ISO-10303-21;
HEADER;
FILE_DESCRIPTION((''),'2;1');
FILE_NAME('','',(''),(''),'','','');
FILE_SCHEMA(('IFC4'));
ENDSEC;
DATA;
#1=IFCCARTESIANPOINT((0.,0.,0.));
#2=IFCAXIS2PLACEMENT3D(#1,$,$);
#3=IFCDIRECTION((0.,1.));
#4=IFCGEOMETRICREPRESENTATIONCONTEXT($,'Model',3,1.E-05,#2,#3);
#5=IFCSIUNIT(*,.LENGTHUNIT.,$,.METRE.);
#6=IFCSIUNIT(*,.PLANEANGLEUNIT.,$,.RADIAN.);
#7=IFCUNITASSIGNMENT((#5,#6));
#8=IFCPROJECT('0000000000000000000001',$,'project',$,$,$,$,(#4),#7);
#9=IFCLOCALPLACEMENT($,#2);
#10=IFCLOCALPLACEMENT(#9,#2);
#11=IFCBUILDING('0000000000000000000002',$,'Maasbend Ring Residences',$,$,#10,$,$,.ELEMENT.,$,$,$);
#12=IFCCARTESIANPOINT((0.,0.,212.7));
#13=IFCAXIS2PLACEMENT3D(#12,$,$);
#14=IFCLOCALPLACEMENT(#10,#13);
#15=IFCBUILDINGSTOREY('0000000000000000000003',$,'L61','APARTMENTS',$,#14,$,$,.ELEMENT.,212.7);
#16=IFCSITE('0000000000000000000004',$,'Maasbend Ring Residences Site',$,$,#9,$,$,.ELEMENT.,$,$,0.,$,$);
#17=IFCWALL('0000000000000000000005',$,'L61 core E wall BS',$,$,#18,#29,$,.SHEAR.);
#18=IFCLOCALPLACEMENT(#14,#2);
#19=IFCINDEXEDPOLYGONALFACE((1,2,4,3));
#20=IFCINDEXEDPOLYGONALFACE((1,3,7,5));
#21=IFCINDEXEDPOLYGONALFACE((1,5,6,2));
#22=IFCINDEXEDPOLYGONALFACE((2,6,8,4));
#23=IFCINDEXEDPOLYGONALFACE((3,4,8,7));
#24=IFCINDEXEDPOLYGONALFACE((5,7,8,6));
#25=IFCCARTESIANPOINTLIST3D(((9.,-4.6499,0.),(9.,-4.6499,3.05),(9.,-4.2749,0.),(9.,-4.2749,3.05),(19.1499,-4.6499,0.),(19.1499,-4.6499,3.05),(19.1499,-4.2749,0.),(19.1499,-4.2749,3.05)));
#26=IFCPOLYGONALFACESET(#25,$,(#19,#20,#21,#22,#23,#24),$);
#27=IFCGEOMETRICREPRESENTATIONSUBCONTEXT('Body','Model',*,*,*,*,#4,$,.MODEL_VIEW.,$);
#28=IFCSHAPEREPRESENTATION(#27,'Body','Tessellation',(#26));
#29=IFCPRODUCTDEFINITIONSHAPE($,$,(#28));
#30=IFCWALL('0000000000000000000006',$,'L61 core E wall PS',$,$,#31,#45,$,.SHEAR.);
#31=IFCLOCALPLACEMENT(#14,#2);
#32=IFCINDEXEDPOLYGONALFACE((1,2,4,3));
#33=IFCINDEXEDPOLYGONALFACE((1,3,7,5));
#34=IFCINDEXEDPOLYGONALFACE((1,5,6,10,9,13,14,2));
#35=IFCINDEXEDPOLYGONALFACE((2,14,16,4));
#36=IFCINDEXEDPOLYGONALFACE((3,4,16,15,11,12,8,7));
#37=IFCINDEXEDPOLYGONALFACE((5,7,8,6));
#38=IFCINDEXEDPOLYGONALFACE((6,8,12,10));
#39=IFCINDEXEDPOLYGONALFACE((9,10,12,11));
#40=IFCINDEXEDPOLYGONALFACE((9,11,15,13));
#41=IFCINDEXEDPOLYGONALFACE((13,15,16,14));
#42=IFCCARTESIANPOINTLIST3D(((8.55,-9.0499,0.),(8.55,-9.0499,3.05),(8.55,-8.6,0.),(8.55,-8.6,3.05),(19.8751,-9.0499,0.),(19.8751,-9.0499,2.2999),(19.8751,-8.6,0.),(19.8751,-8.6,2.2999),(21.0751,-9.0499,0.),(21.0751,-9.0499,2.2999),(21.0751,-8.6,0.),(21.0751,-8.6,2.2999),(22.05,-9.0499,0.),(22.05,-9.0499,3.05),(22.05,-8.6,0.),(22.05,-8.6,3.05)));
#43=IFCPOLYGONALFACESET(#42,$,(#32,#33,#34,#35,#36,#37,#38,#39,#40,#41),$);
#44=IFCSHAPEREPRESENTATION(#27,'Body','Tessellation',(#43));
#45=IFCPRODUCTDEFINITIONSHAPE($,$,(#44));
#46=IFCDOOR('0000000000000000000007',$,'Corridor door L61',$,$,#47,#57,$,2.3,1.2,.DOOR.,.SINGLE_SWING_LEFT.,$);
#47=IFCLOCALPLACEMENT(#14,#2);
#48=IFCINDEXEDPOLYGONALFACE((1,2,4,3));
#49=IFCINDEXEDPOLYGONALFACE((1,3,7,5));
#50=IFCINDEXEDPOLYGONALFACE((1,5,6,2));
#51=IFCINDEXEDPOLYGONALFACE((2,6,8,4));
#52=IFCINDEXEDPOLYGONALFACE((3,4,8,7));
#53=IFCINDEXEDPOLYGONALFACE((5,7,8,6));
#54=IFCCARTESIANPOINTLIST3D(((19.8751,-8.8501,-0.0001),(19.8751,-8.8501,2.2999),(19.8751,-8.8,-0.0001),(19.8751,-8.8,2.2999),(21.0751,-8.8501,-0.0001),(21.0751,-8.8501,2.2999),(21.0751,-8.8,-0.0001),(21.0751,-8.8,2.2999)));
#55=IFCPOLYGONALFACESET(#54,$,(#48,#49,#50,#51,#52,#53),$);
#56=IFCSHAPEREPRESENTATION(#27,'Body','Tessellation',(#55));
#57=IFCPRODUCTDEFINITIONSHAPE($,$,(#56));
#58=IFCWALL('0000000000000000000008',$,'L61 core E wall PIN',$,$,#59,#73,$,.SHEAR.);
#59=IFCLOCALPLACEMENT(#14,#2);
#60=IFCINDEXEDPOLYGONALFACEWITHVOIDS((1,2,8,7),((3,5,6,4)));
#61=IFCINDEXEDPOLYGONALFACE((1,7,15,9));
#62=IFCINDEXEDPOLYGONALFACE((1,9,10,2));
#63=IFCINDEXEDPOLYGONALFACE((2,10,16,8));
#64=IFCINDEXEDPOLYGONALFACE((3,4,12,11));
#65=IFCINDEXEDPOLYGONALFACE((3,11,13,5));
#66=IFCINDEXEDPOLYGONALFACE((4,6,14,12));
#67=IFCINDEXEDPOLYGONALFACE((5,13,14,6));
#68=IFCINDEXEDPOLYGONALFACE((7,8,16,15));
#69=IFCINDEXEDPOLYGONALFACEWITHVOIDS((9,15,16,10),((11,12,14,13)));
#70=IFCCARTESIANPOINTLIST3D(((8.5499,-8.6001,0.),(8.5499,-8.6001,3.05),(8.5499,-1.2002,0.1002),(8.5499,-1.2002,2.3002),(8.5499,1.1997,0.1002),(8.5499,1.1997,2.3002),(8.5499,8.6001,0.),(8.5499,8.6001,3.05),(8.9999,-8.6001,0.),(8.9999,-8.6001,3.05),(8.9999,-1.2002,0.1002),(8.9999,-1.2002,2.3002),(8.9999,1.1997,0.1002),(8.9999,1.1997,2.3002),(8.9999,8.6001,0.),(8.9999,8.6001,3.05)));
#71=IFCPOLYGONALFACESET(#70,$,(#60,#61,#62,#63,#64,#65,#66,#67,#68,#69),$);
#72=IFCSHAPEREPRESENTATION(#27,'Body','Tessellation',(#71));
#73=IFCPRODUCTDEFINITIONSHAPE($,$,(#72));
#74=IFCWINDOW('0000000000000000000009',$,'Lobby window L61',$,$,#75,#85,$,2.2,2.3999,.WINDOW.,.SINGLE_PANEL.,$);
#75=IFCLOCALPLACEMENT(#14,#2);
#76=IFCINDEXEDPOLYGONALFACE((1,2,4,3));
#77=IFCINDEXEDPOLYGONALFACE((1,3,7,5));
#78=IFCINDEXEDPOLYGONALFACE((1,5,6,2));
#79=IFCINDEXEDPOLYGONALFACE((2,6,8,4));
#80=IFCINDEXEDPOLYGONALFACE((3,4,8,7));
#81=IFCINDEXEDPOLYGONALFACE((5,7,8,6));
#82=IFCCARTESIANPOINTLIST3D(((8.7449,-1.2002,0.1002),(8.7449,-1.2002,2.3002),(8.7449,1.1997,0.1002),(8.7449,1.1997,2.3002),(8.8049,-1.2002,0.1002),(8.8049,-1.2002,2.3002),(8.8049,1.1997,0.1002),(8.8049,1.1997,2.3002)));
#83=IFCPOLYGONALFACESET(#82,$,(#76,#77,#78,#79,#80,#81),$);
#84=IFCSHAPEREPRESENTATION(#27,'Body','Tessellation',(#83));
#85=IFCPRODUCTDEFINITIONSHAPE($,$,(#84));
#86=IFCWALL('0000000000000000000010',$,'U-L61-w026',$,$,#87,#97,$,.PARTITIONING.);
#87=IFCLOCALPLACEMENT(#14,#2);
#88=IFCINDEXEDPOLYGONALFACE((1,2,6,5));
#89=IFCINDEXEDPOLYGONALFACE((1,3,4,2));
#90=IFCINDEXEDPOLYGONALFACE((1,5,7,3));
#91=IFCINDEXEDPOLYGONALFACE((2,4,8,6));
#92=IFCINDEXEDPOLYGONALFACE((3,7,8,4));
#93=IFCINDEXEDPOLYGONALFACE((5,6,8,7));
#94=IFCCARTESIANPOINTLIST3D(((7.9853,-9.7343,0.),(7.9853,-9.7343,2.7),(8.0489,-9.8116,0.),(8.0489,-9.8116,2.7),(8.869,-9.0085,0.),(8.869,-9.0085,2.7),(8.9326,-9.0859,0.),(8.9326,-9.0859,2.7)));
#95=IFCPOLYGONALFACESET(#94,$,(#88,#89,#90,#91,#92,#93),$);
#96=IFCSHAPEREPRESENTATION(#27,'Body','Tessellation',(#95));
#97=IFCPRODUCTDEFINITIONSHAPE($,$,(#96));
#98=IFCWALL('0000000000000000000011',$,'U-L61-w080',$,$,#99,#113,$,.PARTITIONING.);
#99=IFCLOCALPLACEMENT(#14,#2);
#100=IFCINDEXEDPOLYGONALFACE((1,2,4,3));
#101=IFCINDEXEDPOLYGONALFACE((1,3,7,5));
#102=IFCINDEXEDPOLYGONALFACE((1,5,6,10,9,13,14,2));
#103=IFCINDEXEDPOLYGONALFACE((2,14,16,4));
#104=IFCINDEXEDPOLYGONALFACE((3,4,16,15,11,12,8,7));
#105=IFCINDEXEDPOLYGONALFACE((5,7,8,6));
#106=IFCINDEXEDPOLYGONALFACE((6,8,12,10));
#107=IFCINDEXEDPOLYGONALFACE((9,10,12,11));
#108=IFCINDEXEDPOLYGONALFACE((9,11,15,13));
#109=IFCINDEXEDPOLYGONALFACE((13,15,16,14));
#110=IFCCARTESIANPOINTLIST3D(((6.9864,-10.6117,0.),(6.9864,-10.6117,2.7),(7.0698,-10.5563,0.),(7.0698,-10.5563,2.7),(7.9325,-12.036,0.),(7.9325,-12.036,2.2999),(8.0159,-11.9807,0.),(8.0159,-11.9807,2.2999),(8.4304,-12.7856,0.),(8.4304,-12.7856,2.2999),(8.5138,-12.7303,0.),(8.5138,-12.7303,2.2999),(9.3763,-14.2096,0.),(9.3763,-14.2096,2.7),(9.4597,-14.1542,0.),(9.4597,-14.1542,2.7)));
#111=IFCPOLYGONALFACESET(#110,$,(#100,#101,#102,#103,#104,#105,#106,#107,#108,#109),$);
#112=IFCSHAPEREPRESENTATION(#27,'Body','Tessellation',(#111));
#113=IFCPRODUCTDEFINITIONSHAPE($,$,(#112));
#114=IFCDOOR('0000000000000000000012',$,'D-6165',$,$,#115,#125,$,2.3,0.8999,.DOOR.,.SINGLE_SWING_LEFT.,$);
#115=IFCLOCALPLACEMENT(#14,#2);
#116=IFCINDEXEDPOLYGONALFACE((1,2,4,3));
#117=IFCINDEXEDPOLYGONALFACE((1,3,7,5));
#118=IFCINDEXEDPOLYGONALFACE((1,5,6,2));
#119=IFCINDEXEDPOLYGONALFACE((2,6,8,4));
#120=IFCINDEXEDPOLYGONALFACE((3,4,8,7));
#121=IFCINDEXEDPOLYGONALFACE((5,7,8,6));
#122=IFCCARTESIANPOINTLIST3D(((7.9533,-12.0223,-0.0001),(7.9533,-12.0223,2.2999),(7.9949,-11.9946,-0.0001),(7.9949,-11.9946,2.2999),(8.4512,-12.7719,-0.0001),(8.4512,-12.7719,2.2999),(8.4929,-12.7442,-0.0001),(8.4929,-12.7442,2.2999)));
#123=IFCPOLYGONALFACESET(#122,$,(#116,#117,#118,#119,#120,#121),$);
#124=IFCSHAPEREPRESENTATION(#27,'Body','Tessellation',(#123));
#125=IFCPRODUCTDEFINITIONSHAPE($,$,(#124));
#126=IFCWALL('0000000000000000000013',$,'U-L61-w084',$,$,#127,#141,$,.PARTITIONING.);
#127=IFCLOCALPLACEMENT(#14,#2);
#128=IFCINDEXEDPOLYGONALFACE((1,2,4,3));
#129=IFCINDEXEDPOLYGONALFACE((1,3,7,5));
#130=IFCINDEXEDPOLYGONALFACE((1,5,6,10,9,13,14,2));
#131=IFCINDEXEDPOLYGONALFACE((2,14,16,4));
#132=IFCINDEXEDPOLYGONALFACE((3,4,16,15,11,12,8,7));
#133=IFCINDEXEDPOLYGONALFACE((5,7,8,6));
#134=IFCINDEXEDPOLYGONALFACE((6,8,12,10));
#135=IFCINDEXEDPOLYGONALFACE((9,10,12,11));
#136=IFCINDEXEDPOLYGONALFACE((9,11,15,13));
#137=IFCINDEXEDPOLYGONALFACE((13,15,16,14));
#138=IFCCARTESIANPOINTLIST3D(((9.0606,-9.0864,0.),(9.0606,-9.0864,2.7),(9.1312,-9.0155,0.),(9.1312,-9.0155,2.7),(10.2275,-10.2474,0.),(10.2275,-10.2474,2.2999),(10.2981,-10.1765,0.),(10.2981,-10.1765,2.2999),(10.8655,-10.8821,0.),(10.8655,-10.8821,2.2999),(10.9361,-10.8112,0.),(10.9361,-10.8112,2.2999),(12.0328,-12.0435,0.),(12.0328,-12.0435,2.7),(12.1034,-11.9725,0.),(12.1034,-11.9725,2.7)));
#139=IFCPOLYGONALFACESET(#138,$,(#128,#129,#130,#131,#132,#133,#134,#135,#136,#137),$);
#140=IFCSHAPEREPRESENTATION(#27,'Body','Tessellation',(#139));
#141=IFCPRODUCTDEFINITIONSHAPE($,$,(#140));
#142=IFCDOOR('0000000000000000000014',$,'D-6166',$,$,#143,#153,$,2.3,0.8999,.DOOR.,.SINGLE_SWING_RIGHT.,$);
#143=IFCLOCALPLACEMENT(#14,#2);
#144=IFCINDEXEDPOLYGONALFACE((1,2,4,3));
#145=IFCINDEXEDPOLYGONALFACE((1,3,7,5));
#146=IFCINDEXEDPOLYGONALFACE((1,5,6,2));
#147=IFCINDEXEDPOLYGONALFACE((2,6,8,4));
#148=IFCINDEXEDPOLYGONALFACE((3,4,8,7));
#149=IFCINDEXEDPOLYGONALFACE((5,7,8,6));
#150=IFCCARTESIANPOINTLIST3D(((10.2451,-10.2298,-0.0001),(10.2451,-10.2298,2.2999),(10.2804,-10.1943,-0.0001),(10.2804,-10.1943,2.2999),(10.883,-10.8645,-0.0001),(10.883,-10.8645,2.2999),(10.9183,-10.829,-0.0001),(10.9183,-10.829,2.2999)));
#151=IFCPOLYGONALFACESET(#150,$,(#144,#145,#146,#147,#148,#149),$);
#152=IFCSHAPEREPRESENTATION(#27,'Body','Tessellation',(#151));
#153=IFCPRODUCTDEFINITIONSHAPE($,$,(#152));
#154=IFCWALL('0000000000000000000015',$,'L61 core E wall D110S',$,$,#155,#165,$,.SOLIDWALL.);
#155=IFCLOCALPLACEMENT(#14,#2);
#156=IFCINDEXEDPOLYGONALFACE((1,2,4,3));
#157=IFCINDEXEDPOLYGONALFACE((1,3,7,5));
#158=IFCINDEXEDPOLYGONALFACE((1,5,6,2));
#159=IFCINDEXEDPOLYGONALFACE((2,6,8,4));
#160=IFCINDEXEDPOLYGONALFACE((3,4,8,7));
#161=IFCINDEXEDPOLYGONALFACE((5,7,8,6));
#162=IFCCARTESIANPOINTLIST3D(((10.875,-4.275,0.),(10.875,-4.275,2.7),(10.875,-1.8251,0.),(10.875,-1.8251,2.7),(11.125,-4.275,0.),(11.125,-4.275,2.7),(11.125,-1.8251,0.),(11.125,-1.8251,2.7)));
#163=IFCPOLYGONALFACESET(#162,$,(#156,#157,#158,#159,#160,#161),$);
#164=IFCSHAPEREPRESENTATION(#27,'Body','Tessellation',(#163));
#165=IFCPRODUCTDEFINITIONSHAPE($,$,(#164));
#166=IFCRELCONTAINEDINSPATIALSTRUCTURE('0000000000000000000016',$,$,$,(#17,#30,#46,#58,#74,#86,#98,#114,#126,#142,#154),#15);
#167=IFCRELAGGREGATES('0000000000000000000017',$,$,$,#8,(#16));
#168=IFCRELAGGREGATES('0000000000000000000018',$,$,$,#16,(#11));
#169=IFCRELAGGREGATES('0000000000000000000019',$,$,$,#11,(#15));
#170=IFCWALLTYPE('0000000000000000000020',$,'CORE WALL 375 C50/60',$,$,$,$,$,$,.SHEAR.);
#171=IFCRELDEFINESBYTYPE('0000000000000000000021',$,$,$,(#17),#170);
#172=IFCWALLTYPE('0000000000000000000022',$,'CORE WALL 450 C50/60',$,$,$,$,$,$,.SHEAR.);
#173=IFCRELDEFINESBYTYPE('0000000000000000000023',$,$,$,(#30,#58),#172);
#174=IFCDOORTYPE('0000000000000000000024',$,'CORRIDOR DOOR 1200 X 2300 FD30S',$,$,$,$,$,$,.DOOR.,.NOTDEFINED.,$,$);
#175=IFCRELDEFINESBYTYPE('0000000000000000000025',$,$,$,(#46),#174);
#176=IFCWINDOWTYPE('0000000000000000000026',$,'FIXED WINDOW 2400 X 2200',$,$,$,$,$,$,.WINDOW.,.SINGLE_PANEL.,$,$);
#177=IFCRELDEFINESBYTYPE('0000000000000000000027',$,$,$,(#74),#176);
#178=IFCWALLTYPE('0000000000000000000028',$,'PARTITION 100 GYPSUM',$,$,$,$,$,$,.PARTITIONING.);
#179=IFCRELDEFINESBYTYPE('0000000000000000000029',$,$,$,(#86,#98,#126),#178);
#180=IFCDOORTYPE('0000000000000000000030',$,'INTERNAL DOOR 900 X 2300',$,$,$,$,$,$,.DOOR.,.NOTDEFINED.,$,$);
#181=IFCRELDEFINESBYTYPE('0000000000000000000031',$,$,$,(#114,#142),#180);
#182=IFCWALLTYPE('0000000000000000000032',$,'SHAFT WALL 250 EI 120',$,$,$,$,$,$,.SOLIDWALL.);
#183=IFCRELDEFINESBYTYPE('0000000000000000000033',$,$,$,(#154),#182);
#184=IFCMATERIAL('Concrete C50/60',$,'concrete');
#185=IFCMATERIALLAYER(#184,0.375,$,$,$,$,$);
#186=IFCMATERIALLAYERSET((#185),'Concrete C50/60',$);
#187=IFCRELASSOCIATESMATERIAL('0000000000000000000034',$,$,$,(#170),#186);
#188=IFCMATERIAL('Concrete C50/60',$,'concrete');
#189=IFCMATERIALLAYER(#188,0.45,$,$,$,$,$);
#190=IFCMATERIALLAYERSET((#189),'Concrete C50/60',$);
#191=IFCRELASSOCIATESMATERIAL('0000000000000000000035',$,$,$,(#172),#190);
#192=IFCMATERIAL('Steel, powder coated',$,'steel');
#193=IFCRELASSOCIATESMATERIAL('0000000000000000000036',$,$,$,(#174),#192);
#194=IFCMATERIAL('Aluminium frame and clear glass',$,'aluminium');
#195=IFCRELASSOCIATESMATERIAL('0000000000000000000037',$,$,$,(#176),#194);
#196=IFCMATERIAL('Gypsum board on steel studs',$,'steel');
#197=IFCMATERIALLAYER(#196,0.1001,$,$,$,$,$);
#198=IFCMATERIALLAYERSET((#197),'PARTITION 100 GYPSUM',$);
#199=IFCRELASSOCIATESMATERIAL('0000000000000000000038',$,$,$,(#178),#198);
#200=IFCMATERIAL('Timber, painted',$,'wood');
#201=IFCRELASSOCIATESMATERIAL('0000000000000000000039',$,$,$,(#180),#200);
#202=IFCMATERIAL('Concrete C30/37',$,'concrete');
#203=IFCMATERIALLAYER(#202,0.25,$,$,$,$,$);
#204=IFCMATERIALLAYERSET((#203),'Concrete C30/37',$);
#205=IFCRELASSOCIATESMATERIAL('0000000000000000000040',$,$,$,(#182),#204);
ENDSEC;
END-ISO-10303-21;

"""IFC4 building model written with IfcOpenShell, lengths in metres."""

from ifc_helpers import new_model, si_unit, direction, frame, frame_2d, origin, place, context, subcontext, project, spatial, rectangle, extrude, material, layer, layer_set, type_object, element, fill, save


model = new_model("IFC4")

# Units and contexts
model_context = context("Model", 3, precision=1e-05, world=origin(), true_north=direction((0.0, 1.0)))
body_context = subcontext(model_context, "Body", "Model", "MODEL_VIEW")
ifc_project = project(units=[si_unit("LENGTHUNIT", "METRE"), si_unit("PLANEANGLEUNIT", "RADIAN")], contexts=[model_context])

# Site, building, storey
site_placement = place(None, origin())
site = spatial("IfcSite", under=ifc_project, at=site_placement, Name="Maasbend Ring Residences Site", CompositionType="ELEMENT", RefElevation=0.0)
building_placement = place(site_placement, origin())
building = spatial("IfcBuilding", under=site, at=building_placement, Name="Maasbend Ring Residences", CompositionType="ELEMENT")
storey_placement = place(building_placement, frame((0.0, 0.0, 212.7)))
storey = spatial("IfcBuildingStorey", under=building, at=storey_placement, Name="L61", Description="APARTMENTS", CompositionType="ELEMENT", Elevation=212.7)

# Wall
ifc_material_1 = material(Name="Concrete C50/60", Category="concrete")
ifc_layer_1 = layer(ifc_material_1, 0.375)
ifc_layer_set_1 = layer_set([ifc_layer_1], Name="Concrete C50/60")
wall_type_1 = type_object("IfcWallType", Name="CORE WALL 375 C50/60", PredefinedType="SHEAR", material=ifc_layer_set_1)
wall_1_placement = place(storey_placement, frame((9.0, -4.4624, 0.0), z_axis=(0.0, 0.0, 1.0), x_axis=(1.0, 0.0, 0.0)))
element("IfcWall", 1, at=wall_1_placement, inside=storey, type_object=wall_type_1, Name="L61 core E wall BS", PredefinedType="SHEAR", context=body_context, shape_type="SweptSolid", body=[
    extrude(rectangle(XDim=10.1499, YDim=0.375, at=frame_2d((5.075, 0.0))), origin(), (0.0, 0.0, 1.0), 3.05),
])

# Wall, opening, door
ifc_material_2 = material(Name="Concrete C50/60", Category="concrete")
ifc_layer_2 = layer(ifc_material_2, 0.45)
ifc_layer_set_2 = layer_set([ifc_layer_2], Name="Concrete C50/60")
wall_type_2 = type_object("IfcWallType", Name="CORE WALL 450 C50/60", PredefinedType="SHEAR", material=ifc_layer_set_2)
wall_2_placement = place(storey_placement, frame((8.55, -8.825, 0.0), z_axis=(0.0, 0.0, 1.0), x_axis=(1.0, 0.0, 0.0)))
wall_2 = element("IfcWall", 2, at=wall_2_placement, inside=storey, type_object=wall_type_2, Name="L61 core E wall PS", PredefinedType="SHEAR", context=body_context, shape_type="SweptSolid", body=[
    extrude(rectangle(XDim=13.5, YDim=0.45, at=frame_2d((6.75, 0.0))), origin(), (0.0, 0.0, 1.0), 3.05),
])
opening_1_placement = place(wall_2_placement, frame((11.325, 0.0, 0.0)))
opening_1 = element("IfcOpeningElement", 3, at=opening_1_placement, cuts=wall_2, PredefinedType="OPENING", context=body_context, shape_type="SweptSolid", body=[
    extrude(rectangle(XDim=1.2, YDim=2.3, at=frame_2d((0.6001, 1.1499))), frame((0.0, 0.2349, 0.0), z_axis=(0.0, -1.0, 0.0), x_axis=(1.0, 0.0, 0.0)), (0.0, 0.0, 1.0), 0.47),
])
ifc_material_3 = material(Name="Steel, powder coated", Category="steel")
door_type_1 = type_object("IfcDoorType", Name="CORRIDOR DOOR 1200 X 2300 FD30S", OperationType="NOTDEFINED", PredefinedType="DOOR", material=ifc_material_3)
door_1_placement = place(opening_1_placement, origin())
door_1 = element("IfcDoor", 4, at=door_1_placement, inside=storey, type_object=door_type_1, Name="Corridor door L61", OperationType="SINGLE_SWING_LEFT", OverallHeight=2.3, OverallWidth=1.2, PredefinedType="DOOR", context=body_context, shape_type="SweptSolid", body=[
    extrude(rectangle(XDim=1.2, YDim=2.3, at=frame_2d((0.6001, 1.1499))), frame((0.0, 0.0249, 0.0), z_axis=(0.0, -1.0, 0.0), x_axis=(1.0, 0.0, 0.0)), (0.0, 0.0, 1.0), 0.05),
])
fill(opening_1, door_1)

# Wall, opening, window
wall_3_placement = place(storey_placement, frame((8.7749, -8.6001, 0.0), z_axis=(0.0, 0.0, 1.0), x_axis=(0.0, 1.0, 0.0)))
wall_3 = element("IfcWall", 5, at=wall_3_placement, inside=storey, type_object=wall_type_2, Name="L61 core E wall PIN", PredefinedType="SHEAR", context=body_context, shape_type="SweptSolid", body=[
    extrude(rectangle(XDim=17.2002, YDim=0.45, at=frame_2d((8.6001, 0.0))), origin(), (0.0, 0.0, 1.0), 3.05),
])
opening_2_placement = place(wall_3_placement, frame((7.3999, 0.0, 0.1001)))
opening_2 = element("IfcOpeningElement", 6, at=opening_2_placement, cuts=wall_3, PredefinedType="OPENING", context=body_context, shape_type="SweptSolid", body=[
    extrude(rectangle(XDim=2.3999, YDim=2.2, at=frame_2d((1.2, 1.1001))), frame((0.0, 0.2349, 0.0), z_axis=(0.0, -1.0, 0.0), x_axis=(1.0, 0.0, 0.0)), (0.0, 0.0, 1.0), 0.47),
])
ifc_material_4 = material(Name="Aluminium frame and clear glass", Category="aluminium")
window_type = type_object("IfcWindowType", Name="FIXED WINDOW 2400 X 2200", PartitioningType="SINGLE_PANEL", PredefinedType="WINDOW", material=ifc_material_4)
window_placement = place(opening_2_placement, origin())
window = element("IfcWindow", 7, at=window_placement, inside=storey, type_object=window_type, Name="Lobby window L61", OverallHeight=2.2, OverallWidth=2.3999, PartitioningType="SINGLE_PANEL", PredefinedType="WINDOW", context=body_context, shape_type="SweptSolid", body=[
    extrude(rectangle(XDim=2.3999, YDim=2.2, at=frame_2d((1.2, 1.1001))), frame((0.0, 0.03, 0.0), z_axis=(0.0, -1.0, 0.0), x_axis=(1.0, 0.0, 0.0)), (0.0, 0.0, 1.0), 0.0601),
])
fill(opening_2, window)

# Wall
ifc_material_5 = material(Name="Gypsum board on steel studs", Category="steel")
ifc_layer_3 = layer(ifc_material_5, 0.1001)
ifc_layer_set_3 = layer_set([ifc_layer_3], Name="PARTITION 100 GYPSUM")
wall_type_3 = type_object("IfcWallType", Name="PARTITION 100 GYPSUM", PredefinedType="PARTITIONING", material=ifc_layer_set_3)
wall_4_placement = place(storey_placement, frame((8.0171, -9.7729, 0.0), z_axis=(0.0, 0.0, 1.0), x_axis=(0.772786, 0.634667, 0.0)))
element("IfcWall", 8, at=wall_4_placement, inside=storey, type_object=wall_type_3, Name="U-L61-w026", PredefinedType="PARTITIONING", context=body_context, shape_type="SweptSolid", body=[
    extrude(rectangle(XDim=1.1436, YDim=0.1001, at=frame_2d((0.5718, 0.0))), origin(), (0.0, 0.0, 1.0), 2.7),
])

# Walls, openings, doors
wall_5_placement = place(storey_placement, frame((7.0281, -10.584, 0.0), z_axis=(0.0, 0.0, 1.0), x_axis=(0.553304, -0.83298, 0.0)))
wall_5 = element("IfcWall", 9, at=wall_5_placement, inside=storey, type_object=wall_type_3, Name="U-L61-w080", PredefinedType="PARTITIONING", context=body_context, shape_type="SweptSolid", body=[
    extrude(rectangle(XDim=4.3193, YDim=0.1001, at=frame_2d((2.1597, 0.0))), origin(), (0.0, 0.0, 1.0), 2.7),
])
opening_3_placement = place(wall_5_placement, frame((1.71, 0.0, 0.0)))
opening_3 = element("IfcOpeningElement", 10, at=opening_3_placement, cuts=wall_5, PredefinedType="OPENING", context=body_context, shape_type="SweptSolid", body=[
    extrude(rectangle(XDim=0.8999, YDim=2.3, at=frame_2d((0.45, 1.1499))), frame((0.0, 0.0601, 0.0), z_axis=(0.0, -1.0, 0.0), x_axis=(1.0, 0.0, 0.0)), (0.0, 0.0, 1.0), 0.1201),
])
ifc_material_6 = material(Name="Timber, painted", Category="wood")
door_type_2 = type_object("IfcDoorType", Name="INTERNAL DOOR 900 X 2300", OperationType="NOTDEFINED", PredefinedType="DOOR", material=ifc_material_6)
door_2_placement = place(opening_3_placement, origin())
door_2 = element("IfcDoor", 11, at=door_2_placement, inside=storey, type_object=door_type_2, Name="D-6165", OperationType="SINGLE_SWING_LEFT", OverallHeight=2.3, OverallWidth=0.8999, PredefinedType="DOOR", context=body_context, shape_type="SweptSolid", body=[
    extrude(rectangle(XDim=0.8999, YDim=2.3, at=frame_2d((0.45, 1.1499))), frame((0.0, 0.0249, 0.0), z_axis=(0.0, -1.0, 0.0), x_axis=(1.0, 0.0, 0.0)), (0.0, 0.0, 1.0), 0.05),
])
fill(opening_3, door_2)
wall_6_placement = place(storey_placement, frame((9.0959, -9.051, 0.0), z_axis=(0.0, 0.0, 1.0), x_axis=(0.70891, -0.705299, 0.0)))
wall_6 = element("IfcWall", 12, at=wall_6_placement, inside=storey, type_object=wall_type_3, Name="U-L61-w084", PredefinedType="PARTITIONING", context=body_context, shape_type="SweptSolid", body=[
    extrude(rectangle(XDim=4.1926, YDim=0.1001, at=frame_2d((2.0962, 0.0))), origin(), (0.0, 0.0, 1.0), 2.7),
])
opening_4_placement = place(wall_6_placement, frame((1.646, 0.0, 0.0)))
opening_4 = element("IfcOpeningElement", 13, at=opening_4_placement, cuts=wall_6, PredefinedType="OPENING", context=body_context, shape_type="SweptSolid", body=[
    extrude(rectangle(XDim=0.8999, YDim=2.3, at=frame_2d((0.45, 1.1499))), frame((0.0, 0.0601, 0.0), z_axis=(0.0, -1.0, 0.0), x_axis=(1.0, 0.0, 0.0)), (0.0, 0.0, 1.0), 0.1201),
])
door_3_placement = place(opening_4_placement, origin())
door_3 = element("IfcDoor", 14, at=door_3_placement, inside=storey, type_object=door_type_2, Name="D-6166", OperationType="SINGLE_SWING_RIGHT", OverallHeight=2.3, OverallWidth=0.8999, PredefinedType="DOOR", context=body_context, shape_type="SweptSolid", body=[
    extrude(rectangle(XDim=0.8999, YDim=2.3, at=frame_2d((0.45, 1.1499))), frame((0.0, 0.0249, 0.0), z_axis=(0.0, -1.0, 0.0), x_axis=(1.0, 0.0, 0.0)), (0.0, 0.0, 1.0), 0.05),
])
fill(opening_4, door_3)

# Wall
ifc_material_7 = material(Name="Concrete C30/37", Category="concrete")
ifc_layer_4 = layer(ifc_material_7, 0.25)
ifc_layer_set_4 = layer_set([ifc_layer_4], Name="Concrete C30/37")
wall_type_4 = type_object("IfcWallType", Name="SHAFT WALL 250 EI 120", PredefinedType="SOLIDWALL", material=ifc_layer_set_4)
for number, where, z_axis, x_axis, name in (
    (15, (11.0, -1.825, 0.0), (0.0, 0.0, 1.0), (0.0, -1.0, 0.0), "L61 core E wall D110S"),
):
    element("IfcWall", number, at=place(storey_placement, frame(where, z_axis=z_axis, x_axis=x_axis)), inside=storey, type_object=wall_type_4, Name=name, PredefinedType="SOLIDWALL", context=body_context, shape_type="SweptSolid", body=[
        extrude(rectangle(XDim=2.45, YDim=0.25, at=frame_2d((1.2251, 0.0))), origin(), (0.0, 0.0, 1.0), 2.7),
    ])

save(model, "model.ifc")
